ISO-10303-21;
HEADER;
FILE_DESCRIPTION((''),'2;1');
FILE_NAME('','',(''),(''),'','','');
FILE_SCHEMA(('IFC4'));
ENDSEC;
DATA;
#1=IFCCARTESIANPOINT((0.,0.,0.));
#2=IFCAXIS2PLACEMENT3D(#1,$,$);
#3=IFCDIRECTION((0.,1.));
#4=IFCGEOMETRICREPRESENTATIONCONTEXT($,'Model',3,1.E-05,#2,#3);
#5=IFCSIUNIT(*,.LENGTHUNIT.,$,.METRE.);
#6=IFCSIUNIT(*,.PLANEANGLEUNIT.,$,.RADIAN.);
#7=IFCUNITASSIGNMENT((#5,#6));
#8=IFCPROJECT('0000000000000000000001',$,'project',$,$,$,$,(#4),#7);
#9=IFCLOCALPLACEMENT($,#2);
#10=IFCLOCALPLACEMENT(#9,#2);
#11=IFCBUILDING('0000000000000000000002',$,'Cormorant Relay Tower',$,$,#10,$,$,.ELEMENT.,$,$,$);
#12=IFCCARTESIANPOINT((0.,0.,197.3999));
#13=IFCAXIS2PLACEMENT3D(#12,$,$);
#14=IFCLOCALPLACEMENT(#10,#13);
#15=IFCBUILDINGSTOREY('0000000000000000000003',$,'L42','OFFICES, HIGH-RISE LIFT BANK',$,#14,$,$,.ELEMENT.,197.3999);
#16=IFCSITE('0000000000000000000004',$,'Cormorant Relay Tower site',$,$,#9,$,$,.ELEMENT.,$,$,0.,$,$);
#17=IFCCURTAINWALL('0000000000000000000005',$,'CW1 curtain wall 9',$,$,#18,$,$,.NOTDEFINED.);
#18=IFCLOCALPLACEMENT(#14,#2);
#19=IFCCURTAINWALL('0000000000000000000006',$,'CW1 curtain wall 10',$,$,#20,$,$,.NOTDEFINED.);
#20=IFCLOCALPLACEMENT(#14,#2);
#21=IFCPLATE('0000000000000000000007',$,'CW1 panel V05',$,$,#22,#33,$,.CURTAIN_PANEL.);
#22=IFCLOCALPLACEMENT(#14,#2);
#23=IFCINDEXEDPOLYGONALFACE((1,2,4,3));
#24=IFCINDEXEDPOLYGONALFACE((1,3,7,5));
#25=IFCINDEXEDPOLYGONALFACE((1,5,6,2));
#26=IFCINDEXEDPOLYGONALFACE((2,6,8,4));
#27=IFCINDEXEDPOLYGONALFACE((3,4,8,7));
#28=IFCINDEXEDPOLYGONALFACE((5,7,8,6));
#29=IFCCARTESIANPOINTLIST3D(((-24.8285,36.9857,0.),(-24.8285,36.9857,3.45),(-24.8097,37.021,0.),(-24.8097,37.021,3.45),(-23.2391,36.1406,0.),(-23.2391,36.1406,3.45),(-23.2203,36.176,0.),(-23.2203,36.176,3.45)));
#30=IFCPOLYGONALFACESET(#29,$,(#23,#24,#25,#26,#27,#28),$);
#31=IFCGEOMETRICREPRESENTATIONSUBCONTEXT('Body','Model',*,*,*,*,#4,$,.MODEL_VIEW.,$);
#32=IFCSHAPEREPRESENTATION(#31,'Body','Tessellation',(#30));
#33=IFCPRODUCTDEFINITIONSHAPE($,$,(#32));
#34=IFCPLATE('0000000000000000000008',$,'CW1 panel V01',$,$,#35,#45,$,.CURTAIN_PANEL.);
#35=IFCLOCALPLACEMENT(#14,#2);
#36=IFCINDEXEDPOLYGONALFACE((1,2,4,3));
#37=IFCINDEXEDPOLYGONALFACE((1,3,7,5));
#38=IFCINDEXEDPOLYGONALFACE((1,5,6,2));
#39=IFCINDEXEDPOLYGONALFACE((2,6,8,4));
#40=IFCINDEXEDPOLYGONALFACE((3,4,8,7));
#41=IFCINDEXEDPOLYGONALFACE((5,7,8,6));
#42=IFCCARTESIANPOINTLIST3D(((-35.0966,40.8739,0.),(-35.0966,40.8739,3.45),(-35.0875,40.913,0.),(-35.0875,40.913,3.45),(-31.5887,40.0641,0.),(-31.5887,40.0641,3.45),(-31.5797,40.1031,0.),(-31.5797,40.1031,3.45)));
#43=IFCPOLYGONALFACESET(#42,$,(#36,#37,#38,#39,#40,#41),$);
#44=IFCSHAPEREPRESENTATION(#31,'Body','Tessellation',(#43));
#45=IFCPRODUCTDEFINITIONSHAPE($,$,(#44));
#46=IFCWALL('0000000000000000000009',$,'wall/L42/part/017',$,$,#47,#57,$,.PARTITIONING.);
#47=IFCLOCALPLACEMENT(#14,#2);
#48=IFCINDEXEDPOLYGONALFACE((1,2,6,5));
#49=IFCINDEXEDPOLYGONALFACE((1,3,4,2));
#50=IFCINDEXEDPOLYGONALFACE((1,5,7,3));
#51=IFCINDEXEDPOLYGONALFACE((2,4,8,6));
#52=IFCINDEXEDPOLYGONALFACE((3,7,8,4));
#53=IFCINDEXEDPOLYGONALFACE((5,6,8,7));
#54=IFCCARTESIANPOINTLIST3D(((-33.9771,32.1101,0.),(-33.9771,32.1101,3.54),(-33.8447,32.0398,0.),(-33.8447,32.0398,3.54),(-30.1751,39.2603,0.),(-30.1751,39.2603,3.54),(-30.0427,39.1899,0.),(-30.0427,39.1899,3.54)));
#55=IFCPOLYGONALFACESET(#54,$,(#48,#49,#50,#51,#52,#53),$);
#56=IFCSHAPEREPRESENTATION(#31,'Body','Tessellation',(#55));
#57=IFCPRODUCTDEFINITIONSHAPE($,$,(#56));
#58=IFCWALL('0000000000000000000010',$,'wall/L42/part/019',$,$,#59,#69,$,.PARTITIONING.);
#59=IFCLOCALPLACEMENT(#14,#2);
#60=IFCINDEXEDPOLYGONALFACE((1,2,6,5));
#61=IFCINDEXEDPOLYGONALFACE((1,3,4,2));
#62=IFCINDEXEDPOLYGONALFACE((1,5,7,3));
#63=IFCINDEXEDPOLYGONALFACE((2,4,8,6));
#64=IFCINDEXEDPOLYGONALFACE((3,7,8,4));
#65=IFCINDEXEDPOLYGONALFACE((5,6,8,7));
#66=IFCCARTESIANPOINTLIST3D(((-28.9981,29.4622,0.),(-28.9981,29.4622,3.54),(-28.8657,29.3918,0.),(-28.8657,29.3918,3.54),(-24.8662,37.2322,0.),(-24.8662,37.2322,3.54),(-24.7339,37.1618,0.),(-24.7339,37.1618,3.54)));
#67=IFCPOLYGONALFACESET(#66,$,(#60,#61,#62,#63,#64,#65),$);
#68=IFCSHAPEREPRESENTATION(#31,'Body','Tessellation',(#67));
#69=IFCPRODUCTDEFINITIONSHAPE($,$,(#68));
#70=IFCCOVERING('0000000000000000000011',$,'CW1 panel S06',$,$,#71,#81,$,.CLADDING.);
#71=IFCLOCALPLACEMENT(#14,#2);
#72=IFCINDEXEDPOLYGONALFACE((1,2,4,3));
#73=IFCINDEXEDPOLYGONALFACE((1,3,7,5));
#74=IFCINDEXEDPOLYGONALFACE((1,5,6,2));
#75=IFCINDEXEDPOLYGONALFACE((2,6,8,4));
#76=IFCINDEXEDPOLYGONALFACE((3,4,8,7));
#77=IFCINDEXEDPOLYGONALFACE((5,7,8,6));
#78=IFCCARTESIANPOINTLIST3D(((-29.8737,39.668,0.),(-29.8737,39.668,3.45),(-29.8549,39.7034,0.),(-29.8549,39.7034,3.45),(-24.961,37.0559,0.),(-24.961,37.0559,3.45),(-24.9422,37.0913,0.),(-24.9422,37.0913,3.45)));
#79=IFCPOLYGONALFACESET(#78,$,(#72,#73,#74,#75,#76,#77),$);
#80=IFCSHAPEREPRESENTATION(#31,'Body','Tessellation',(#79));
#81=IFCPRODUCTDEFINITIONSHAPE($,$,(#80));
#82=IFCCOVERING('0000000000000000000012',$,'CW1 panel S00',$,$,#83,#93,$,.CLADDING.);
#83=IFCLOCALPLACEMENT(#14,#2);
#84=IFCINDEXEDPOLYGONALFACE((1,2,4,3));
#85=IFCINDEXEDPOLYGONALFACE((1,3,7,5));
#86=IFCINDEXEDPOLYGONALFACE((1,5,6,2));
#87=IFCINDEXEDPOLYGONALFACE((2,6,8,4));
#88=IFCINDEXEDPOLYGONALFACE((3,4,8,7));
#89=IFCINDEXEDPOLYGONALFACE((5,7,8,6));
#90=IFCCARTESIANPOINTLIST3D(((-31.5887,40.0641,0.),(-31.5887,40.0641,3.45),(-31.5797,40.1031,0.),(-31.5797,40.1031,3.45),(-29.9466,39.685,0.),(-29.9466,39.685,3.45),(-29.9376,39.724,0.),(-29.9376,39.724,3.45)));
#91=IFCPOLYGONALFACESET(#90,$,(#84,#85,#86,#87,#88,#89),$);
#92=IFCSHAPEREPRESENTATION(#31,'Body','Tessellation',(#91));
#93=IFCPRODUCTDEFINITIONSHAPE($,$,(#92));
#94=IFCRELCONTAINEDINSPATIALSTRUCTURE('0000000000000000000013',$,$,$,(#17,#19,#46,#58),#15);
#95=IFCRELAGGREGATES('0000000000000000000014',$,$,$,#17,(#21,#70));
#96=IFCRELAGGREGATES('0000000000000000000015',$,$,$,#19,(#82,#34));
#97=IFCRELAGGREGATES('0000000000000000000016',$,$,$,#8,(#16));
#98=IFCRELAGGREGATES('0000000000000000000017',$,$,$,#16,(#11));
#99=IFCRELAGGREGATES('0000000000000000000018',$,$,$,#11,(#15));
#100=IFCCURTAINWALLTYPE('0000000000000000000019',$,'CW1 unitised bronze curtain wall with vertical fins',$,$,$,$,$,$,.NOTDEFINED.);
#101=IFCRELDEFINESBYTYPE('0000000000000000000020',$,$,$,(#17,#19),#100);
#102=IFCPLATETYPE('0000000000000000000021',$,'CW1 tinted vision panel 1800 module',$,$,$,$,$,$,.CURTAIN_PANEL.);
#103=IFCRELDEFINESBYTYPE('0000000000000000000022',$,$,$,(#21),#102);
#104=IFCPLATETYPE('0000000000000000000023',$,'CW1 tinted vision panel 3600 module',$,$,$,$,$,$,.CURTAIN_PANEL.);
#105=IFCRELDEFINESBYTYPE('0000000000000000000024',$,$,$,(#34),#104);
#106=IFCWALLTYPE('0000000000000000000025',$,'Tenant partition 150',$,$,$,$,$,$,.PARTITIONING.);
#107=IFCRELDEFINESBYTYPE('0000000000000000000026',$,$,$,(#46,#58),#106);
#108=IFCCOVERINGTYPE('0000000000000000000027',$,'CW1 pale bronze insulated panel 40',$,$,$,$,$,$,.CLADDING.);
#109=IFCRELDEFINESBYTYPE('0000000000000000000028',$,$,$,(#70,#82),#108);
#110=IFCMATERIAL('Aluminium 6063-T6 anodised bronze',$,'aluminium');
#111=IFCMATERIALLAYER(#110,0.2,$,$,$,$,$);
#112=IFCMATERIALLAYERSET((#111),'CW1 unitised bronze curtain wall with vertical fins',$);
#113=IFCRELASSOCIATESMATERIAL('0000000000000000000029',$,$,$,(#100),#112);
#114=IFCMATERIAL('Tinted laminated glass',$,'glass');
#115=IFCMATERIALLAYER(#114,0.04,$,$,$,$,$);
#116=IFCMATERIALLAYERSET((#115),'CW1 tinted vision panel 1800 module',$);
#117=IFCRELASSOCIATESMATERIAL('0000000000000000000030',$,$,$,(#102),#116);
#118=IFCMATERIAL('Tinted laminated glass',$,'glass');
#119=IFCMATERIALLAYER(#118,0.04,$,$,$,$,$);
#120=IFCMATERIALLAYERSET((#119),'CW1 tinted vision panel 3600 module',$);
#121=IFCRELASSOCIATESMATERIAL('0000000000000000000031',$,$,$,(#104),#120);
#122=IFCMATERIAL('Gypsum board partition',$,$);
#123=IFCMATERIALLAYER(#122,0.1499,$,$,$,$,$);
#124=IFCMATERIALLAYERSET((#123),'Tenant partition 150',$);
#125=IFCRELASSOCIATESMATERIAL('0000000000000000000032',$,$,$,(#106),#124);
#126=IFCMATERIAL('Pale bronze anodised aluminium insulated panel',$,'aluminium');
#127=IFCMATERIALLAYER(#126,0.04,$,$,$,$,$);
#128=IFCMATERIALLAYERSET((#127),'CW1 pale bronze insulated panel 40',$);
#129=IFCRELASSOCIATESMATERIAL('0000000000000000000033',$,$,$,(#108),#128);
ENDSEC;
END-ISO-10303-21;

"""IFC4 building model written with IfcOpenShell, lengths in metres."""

from ifc_helpers import new_model, si_unit, direction, frame, frame_2d, origin, origin_2d, place, context, subcontext, project, spatial, rectangle, extrude, material, layer, layer_set, type_object, element, aggregate, save


model = new_model("IFC4")

# Units and contexts
model_context = context("Model", 3, precision=1e-05, world=origin(), true_north=direction((0.0, 1.0)))
body_context = subcontext(model_context, "Body", "Model", "MODEL_VIEW")
ifc_project = project(units=[si_unit("LENGTHUNIT", "METRE"), si_unit("PLANEANGLEUNIT", "RADIAN")], contexts=[model_context])

# Site, building, storey
site_placement = place(None, origin())
site = spatial("IfcSite", under=ifc_project, at=site_placement, Name="Cormorant Relay Tower site", CompositionType="ELEMENT", RefElevation=0.0)
building_placement = place(site_placement, origin())
building = spatial("IfcBuilding", under=site, at=building_placement, Name="Cormorant Relay Tower", CompositionType="ELEMENT")
storey_placement = place(building_placement, frame((0.0, 0.0, 197.3999)))
storey = spatial("IfcBuildingStorey", under=building, at=storey_placement, Name="L42", Description="OFFICES, HIGH-RISE LIFT BANK", CompositionType="ELEMENT", Elevation=197.3999)

# Curtain wall
ifc_material_1 = material(Name="Aluminium 6063-T6 anodised bronze", Category="aluminium")
ifc_layer_1 = layer(ifc_material_1, 0.2)
ifc_layer_set_1 = layer_set([ifc_layer_1], Name="CW1 unitised bronze curtain wall with vertical fins")
curtain_wall_type = type_object("IfcCurtainWallType", Name="CW1 unitised bronze curtain wall with vertical fins", PredefinedType="NOTDEFINED", material=ifc_layer_set_1)
curtain_wall_1_placement = place(storey_placement, origin())
curtain_wall_1 = element("IfcCurtainWall", 1, at=curtain_wall_1_placement, inside=storey, type_object=curtain_wall_type, Name="CW1 curtain wall 9", PredefinedType="NOTDEFINED")

# Curtain wall
curtain_wall_2_placement = place(storey_placement, origin())
curtain_wall_2 = element("IfcCurtainWall", 2, at=curtain_wall_2_placement, inside=storey, type_object=curtain_wall_type, Name="CW1 curtain wall 10", PredefinedType="NOTDEFINED")

# Plates
ifc_material_2 = material(Name="Tinted laminated glass", Category="glass")
ifc_layer_2 = layer(ifc_material_2, 0.04)
ifc_layer_set_2 = layer_set([ifc_layer_2], Name="CW1 tinted vision panel 1800 module")
plate_type_1 = type_object("IfcPlateType", Name="CW1 tinted vision panel 1800 module", PredefinedType="CURTAIN_PANEL", material=ifc_layer_set_2)
plate_1_placement = place(storey_placement, frame((-24.0244, 36.5808, 0.0), z_axis=(0.0, 0.0, 1.0), x_axis=(-0.882948, 0.469472, 0.0)))
plate_1 = element("IfcPlate", 3, at=plate_1_placement, type_object=plate_type_1, Name="CW1 panel V05", PredefinedType="CURTAIN_PANEL", context=body_context, shape_type="SweptSolid", body=[
    extrude(rectangle(XDim=1.8, YDim=0.04, at=origin_2d()), origin(), (0.0, 0.0, 1.0), 3.45),
])
ifc_material_3 = material(Name="Tinted laminated glass", Category="glass")
ifc_layer_3 = layer(ifc_material_3, 0.04)
ifc_layer_set_3 = layer_set([ifc_layer_3], Name="CW1 tinted vision panel 3600 module")
plate_type_2 = type_object("IfcPlateType", Name="CW1 tinted vision panel 3600 module", PredefinedType="CURTAIN_PANEL", material=ifc_layer_set_3)
plate_2_placement = place(storey_placement, frame((-33.3381, 40.4885, 0.0), z_axis=(0.0, 0.0, 1.0), x_axis=(-0.97437, 0.224951, 0.0)))
plate_2 = element("IfcPlate", 4, at=plate_2_placement, type_object=plate_type_2, Name="CW1 panel V01", PredefinedType="CURTAIN_PANEL", context=body_context, shape_type="SweptSolid", body=[
    extrude(rectangle(XDim=3.6001, YDim=0.04, at=origin_2d()), origin(), (0.0, 0.0, 1.0), 3.45),
])

# Walls
ifc_material_4 = material(Name="Gypsum board partition")
ifc_layer_4 = layer(ifc_material_4, 0.1499)
ifc_layer_set_4 = layer_set([ifc_layer_4], Name="Tenant partition 150")
wall_type_1 = type_object("IfcWallType", Name="Tenant partition 150", PredefinedType="PARTITIONING", material=ifc_layer_set_4)
wall_1_placement = place(storey_placement, frame((-30.1089, 39.2251, 0.0), z_axis=(0.0, 0.0, 1.0), x_axis=(-0.469491, -0.882937, 0.0)))
element("IfcWall", 5, at=wall_1_placement, inside=storey, type_object=wall_type_1, Name="wall/L42/part/017", PredefinedType="PARTITIONING", context=body_context, shape_type="SweptSolid", body=[
    extrude(rectangle(XDim=8.0981, YDim=0.1499, at=frame_2d((4.0491, 0.0))), origin(), (0.0, 0.0, 1.0), 3.54),
])
wall_2_placement = place(storey_placement, frame((-24.8, 37.197, 0.0), z_axis=(0.0, 0.0, 1.0), x_axis=(-0.469511, -0.882927, 0.0)))
element("IfcWall", 6, at=wall_2_placement, inside=storey, type_object=wall_type_1, Name="wall/L42/part/019", PredefinedType="PARTITIONING", context=body_context, shape_type="SweptSolid", body=[
    extrude(rectangle(XDim=8.8003, YDim=0.1499, at=frame_2d((4.4001, 0.0))), origin(), (0.0, 0.0, 1.0), 3.54),
])

# Coverings
ifc_material_5 = material(Name="Pale bronze anodised aluminium insulated panel", Category="aluminium")
ifc_layer_5 = layer(ifc_material_5, 0.04)
ifc_layer_set_5 = layer_set([ifc_layer_5], Name="CW1 pale bronze insulated panel 40")
covering_type = type_object("IfcCoveringType", Name="CW1 pale bronze insulated panel 40", PredefinedType="CLADDING", material=ifc_layer_set_5)
covering_1_placement = place(storey_placement, frame((-27.408, 38.3796, 0.0), z_axis=(0.0, 0.0, 1.0), x_axis=(-0.882948, 0.469472, 0.0)))
covering_1 = element("IfcCovering", 7, at=covering_1_placement, type_object=covering_type, Name="CW1 panel S06", PredefinedType="CLADDING", context=body_context, shape_type="SweptSolid", body=[
    extrude(rectangle(XDim=5.564, YDim=0.04, at=origin_2d()), origin(), (0.0, 0.0, 1.0), 3.45),
])
aggregate(curtain_wall_1, [plate_1, covering_1])
covering_2_placement = place(storey_placement, frame((-30.7632, 39.894, 0.0), z_axis=(0.0, 0.0, 1.0), x_axis=(-0.97437, 0.224951, 0.0)))
covering_2 = element("IfcCovering", 8, at=covering_2_placement, type_object=covering_type, Name="CW1 panel S00", PredefinedType="CLADDING", context=body_context, shape_type="SweptSolid", body=[
    extrude(rectangle(XDim=1.6853, YDim=0.04, at=origin_2d()), origin(), (0.0, 0.0, 1.0), 3.45),
])
aggregate(curtain_wall_2, [covering_2, plate_2])

save(model, "model.ifc")
